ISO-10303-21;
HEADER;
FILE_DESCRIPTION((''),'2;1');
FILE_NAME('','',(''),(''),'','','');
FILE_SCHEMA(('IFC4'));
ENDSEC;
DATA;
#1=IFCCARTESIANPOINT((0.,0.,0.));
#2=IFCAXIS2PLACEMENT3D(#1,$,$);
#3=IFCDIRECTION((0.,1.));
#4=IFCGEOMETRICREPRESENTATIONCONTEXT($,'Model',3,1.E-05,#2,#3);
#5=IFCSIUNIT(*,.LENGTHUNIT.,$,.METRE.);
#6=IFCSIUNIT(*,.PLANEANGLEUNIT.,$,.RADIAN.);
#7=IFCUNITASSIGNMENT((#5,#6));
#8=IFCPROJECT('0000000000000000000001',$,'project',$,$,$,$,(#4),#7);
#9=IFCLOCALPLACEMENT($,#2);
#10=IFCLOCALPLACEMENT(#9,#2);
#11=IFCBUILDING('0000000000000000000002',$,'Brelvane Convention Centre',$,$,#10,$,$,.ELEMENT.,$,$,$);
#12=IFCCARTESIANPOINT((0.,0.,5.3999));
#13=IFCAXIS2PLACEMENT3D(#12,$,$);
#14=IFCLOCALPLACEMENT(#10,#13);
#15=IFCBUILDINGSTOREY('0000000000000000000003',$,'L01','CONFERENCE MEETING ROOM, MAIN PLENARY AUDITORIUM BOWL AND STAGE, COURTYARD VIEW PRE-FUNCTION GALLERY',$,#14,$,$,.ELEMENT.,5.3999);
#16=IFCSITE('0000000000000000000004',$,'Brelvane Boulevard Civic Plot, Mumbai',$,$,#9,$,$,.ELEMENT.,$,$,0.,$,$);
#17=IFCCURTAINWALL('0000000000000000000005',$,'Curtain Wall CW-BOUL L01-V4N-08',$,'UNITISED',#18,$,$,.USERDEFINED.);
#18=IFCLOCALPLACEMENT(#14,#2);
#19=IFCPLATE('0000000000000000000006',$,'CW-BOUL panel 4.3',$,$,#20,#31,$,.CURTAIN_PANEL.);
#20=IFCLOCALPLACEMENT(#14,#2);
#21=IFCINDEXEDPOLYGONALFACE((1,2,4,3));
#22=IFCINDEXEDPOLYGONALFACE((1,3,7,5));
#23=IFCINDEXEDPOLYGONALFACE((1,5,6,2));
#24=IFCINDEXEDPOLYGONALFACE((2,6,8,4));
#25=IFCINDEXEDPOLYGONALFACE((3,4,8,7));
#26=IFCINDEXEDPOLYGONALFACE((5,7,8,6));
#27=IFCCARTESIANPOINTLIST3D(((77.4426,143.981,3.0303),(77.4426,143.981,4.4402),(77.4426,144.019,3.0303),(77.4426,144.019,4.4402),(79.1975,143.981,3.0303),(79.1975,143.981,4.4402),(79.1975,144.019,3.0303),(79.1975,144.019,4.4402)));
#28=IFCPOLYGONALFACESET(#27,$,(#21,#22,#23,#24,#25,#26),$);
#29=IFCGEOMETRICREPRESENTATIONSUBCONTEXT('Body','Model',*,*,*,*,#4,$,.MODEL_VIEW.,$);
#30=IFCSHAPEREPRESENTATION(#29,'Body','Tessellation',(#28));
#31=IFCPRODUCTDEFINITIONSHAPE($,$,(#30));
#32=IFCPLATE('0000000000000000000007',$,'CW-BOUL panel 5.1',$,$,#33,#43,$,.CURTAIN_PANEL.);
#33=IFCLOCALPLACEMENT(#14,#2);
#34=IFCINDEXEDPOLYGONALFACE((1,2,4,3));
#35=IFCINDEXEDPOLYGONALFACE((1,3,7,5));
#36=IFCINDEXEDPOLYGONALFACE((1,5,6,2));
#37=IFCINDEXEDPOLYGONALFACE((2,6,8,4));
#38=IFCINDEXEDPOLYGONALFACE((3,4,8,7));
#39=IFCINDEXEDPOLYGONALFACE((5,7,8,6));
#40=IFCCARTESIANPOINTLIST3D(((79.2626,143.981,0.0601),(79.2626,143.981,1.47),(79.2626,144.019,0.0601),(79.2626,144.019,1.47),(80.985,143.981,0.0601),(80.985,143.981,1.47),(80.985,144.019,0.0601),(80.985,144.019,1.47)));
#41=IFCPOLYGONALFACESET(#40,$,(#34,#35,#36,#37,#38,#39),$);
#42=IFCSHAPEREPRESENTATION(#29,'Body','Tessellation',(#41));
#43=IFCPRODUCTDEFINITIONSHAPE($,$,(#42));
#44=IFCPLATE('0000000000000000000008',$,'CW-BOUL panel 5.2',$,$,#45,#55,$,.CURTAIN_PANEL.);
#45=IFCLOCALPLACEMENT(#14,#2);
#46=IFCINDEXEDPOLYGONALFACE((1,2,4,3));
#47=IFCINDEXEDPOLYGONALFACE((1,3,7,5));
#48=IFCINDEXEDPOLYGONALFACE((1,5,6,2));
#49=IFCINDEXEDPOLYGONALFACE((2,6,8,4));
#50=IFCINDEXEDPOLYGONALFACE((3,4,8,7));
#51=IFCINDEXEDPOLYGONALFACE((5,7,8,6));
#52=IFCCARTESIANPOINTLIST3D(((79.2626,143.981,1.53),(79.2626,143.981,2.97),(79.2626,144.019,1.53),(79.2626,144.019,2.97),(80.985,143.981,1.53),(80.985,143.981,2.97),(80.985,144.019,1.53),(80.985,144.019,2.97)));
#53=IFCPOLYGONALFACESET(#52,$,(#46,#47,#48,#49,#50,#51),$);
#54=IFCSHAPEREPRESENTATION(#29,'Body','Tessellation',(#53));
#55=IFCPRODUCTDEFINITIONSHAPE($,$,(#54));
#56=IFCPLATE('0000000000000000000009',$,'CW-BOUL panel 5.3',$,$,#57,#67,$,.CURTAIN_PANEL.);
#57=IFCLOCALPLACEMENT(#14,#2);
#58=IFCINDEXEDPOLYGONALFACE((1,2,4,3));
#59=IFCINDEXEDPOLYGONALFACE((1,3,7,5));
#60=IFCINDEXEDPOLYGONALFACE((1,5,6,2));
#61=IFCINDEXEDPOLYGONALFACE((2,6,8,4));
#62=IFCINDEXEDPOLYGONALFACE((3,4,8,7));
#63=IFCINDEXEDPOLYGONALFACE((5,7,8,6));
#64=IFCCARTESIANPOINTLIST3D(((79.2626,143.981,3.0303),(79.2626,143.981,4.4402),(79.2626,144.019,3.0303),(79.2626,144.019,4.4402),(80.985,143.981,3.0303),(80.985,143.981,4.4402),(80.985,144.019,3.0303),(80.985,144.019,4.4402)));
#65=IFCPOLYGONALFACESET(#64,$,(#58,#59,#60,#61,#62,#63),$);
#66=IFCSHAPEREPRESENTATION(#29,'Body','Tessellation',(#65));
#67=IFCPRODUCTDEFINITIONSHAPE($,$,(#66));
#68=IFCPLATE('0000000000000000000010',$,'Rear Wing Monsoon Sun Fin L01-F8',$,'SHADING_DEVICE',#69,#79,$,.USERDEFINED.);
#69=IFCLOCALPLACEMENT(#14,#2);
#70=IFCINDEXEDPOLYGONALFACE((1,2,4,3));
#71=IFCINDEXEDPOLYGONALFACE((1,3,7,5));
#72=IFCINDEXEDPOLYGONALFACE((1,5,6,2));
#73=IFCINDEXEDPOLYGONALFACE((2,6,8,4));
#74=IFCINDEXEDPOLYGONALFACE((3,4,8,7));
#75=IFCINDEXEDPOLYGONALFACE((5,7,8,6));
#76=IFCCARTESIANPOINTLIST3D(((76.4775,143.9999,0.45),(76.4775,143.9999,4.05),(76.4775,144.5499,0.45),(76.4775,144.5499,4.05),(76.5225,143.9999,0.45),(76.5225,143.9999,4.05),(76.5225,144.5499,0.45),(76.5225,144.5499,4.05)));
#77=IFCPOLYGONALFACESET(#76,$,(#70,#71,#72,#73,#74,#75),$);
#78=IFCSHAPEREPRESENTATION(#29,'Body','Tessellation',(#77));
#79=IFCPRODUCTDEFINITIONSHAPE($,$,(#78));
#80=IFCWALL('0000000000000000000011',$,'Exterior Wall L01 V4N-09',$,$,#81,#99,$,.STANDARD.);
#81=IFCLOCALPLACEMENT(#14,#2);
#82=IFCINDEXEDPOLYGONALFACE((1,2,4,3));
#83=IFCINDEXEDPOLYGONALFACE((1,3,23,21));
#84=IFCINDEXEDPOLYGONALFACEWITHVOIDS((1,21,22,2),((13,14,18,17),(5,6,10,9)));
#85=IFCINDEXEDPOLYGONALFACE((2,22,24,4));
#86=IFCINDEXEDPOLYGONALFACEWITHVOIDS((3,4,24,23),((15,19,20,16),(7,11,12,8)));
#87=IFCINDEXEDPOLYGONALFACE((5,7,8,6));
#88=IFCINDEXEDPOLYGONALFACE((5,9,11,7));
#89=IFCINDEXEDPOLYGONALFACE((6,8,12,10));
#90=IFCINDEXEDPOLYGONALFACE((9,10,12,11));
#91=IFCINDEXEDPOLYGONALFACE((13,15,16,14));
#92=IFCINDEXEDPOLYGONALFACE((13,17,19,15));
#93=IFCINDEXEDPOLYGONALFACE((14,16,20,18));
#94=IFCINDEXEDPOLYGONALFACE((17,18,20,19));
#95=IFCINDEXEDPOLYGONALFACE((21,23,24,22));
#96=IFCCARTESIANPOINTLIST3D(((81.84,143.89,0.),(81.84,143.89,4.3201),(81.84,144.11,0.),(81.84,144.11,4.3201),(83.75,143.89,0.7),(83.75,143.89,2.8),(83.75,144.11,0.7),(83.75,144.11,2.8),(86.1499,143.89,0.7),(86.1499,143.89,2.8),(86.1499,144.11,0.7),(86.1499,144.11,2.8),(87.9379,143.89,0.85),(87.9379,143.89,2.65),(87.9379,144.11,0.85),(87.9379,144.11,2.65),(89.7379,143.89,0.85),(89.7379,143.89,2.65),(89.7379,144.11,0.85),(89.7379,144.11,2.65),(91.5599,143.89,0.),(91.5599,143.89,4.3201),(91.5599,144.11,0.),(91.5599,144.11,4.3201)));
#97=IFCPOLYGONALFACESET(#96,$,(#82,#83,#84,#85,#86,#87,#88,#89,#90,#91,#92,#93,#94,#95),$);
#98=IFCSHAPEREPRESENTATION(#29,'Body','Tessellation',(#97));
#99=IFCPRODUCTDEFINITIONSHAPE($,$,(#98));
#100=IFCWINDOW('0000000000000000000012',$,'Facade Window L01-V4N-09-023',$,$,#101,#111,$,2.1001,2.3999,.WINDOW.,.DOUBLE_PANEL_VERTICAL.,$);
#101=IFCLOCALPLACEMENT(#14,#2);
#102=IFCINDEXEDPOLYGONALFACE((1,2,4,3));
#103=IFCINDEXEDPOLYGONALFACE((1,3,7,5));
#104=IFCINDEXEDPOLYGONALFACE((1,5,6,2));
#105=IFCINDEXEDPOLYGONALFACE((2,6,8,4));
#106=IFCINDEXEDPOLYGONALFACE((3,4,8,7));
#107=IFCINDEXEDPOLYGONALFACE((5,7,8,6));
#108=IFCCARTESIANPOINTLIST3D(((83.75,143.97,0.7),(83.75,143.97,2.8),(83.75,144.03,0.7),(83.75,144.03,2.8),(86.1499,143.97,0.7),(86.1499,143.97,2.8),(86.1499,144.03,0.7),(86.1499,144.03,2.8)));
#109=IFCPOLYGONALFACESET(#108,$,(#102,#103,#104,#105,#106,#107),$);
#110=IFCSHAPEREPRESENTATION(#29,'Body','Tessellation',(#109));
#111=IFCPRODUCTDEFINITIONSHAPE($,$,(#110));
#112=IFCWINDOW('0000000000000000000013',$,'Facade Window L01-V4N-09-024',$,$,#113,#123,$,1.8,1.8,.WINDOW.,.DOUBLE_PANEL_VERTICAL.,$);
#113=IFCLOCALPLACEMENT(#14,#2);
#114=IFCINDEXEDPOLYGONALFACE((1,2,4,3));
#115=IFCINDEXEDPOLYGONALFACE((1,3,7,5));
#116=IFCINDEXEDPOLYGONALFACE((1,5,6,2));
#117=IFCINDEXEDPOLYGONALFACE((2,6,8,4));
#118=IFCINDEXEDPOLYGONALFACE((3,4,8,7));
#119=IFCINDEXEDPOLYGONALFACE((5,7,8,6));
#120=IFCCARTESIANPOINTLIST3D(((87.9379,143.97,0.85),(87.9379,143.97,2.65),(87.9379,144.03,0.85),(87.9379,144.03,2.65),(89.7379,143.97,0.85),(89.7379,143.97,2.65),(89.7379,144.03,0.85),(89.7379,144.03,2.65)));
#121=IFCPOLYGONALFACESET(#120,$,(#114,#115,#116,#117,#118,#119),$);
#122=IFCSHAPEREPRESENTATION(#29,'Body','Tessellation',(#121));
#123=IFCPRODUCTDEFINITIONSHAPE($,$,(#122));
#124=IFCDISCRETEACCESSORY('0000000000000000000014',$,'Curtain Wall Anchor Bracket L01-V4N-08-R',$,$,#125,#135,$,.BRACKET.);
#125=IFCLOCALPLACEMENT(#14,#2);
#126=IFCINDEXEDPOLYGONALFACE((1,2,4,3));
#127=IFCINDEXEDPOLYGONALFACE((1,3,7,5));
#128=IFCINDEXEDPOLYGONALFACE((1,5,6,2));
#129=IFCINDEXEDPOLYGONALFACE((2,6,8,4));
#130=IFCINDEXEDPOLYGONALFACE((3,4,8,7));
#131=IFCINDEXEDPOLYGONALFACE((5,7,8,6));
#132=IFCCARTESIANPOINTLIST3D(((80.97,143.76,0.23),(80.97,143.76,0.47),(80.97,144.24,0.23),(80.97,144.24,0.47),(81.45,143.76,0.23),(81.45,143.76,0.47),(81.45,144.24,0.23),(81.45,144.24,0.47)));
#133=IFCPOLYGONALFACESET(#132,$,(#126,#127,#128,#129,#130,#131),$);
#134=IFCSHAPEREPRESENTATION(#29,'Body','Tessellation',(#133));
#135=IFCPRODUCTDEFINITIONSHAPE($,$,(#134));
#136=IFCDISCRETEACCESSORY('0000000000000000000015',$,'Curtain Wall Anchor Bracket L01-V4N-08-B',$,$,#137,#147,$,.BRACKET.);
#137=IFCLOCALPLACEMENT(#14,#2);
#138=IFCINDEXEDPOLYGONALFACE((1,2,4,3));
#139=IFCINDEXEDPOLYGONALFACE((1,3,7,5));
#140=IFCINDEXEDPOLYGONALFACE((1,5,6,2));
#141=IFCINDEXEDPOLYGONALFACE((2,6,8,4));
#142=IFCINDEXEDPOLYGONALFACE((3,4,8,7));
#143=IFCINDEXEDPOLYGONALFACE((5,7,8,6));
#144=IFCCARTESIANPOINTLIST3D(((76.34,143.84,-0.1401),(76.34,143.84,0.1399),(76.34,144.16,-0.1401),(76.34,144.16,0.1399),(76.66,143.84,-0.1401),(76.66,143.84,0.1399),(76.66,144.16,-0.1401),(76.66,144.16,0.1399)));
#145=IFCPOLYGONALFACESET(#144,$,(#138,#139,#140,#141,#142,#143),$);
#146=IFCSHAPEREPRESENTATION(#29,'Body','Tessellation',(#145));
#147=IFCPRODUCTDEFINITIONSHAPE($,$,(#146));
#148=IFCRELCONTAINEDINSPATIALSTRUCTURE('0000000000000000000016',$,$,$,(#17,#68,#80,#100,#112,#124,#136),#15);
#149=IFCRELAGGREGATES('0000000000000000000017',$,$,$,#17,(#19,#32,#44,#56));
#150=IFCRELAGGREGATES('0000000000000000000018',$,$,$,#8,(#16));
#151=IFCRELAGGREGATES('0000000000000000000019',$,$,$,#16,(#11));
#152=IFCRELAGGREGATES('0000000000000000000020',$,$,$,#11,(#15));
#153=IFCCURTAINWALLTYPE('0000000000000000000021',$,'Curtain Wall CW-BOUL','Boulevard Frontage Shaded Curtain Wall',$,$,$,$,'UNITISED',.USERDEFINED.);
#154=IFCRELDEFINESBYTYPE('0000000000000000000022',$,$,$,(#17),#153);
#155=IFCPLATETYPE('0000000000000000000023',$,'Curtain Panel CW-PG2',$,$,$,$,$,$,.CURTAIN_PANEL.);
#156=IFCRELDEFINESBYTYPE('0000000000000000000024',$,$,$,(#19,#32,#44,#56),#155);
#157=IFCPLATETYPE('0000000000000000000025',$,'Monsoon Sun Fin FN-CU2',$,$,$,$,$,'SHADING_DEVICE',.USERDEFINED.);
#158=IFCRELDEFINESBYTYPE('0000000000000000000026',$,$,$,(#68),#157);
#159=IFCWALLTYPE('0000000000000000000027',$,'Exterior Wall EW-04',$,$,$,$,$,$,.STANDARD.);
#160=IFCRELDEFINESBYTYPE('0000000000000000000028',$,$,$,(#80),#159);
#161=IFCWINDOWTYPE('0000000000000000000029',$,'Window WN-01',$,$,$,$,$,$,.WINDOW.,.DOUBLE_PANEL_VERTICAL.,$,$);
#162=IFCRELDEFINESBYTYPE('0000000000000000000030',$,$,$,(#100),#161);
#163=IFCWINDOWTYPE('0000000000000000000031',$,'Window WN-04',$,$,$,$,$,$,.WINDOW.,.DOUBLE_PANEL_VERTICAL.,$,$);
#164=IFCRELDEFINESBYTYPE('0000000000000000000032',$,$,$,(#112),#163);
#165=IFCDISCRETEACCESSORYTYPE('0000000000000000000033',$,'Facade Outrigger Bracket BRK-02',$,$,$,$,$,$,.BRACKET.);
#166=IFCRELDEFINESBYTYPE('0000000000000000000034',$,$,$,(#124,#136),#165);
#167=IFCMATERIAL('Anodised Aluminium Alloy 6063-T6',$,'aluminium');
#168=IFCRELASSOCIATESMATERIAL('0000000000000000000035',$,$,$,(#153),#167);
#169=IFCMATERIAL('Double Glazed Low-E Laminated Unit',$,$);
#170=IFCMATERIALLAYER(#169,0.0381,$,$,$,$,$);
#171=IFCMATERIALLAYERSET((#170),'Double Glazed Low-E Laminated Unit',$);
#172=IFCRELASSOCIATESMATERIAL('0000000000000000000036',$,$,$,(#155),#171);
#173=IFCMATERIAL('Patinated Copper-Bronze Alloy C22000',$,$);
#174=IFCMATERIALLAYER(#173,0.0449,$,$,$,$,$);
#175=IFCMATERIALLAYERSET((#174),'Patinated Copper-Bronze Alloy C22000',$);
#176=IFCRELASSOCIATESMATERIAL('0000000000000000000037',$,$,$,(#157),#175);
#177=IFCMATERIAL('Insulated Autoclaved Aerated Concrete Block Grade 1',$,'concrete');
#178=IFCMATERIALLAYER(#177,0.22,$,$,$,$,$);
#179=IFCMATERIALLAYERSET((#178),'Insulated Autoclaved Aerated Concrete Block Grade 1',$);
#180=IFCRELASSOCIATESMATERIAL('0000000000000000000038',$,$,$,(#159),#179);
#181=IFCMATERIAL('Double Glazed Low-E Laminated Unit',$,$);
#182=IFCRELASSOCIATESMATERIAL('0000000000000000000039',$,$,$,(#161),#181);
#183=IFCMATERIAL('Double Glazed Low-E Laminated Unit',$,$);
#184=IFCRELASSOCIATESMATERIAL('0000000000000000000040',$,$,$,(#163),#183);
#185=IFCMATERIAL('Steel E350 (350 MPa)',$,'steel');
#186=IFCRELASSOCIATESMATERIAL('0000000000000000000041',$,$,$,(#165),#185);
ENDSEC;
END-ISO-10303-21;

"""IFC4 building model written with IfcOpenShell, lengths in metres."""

from ifc_helpers import new_model, si_unit, direction, frame, frame_2d, origin, origin_2d, place, context, subcontext, project, spatial, rectangle, extrude, material, layer, layer_set, type_object, element, fill, aggregate, save


model = new_model("IFC4")

# Units and contexts
model_context = context("Model", 3, precision=1e-05, world=origin(), true_north=direction((0.0, 1.0)))
body_context = subcontext(model_context, "Body", "Model", "MODEL_VIEW")
ifc_project = project(units=[si_unit("LENGTHUNIT", "METRE"), si_unit("PLANEANGLEUNIT", "RADIAN")], contexts=[model_context])

# Site, building, storey
site_placement = place(None, origin())
site = spatial("IfcSite", under=ifc_project, at=site_placement, Name="Brelvane Boulevard Civic Plot, Mumbai", CompositionType="ELEMENT", RefElevation=0.0)
building_placement = place(site_placement, origin())
building = spatial("IfcBuilding", under=site, at=building_placement, Name="Brelvane Convention Centre", CompositionType="ELEMENT")
storey_placement = place(building_placement, frame((0.0, 0.0, 5.3999)))
storey = spatial("IfcBuildingStorey", under=building, at=storey_placement, Name="L01", Description="CONFERENCE MEETING ROOM, MAIN PLENARY AUDITORIUM BOWL AND STAGE, COURTYARD VIEW PRE-FUNCTION GALLERY", CompositionType="ELEMENT", Elevation=5.3999)

# Curtain wall
ifc_material_1 = material(Name="Anodised Aluminium Alloy 6063-T6", Category="aluminium")
curtain_wall_type = type_object("IfcCurtainWallType", Name="Curtain Wall CW-BOUL", Description="Boulevard Frontage Shaded Curtain Wall", ElementType="UNITISED", PredefinedType="USERDEFINED", material=ifc_material_1)
curtain_wall_placement = place(storey_placement, origin())
curtain_wall = element("IfcCurtainWall", 1, at=curtain_wall_placement, inside=storey, type_object=curtain_wall_type, Name="Curtain Wall CW-BOUL L01-V4N-08", ObjectType="UNITISED", PredefinedType="USERDEFINED")

# Plates
ifc_material_2 = material(Name="Double Glazed Low-E Laminated Unit")
ifc_layer_1 = layer(ifc_material_2, 0.0381)
ifc_layer_set_1 = layer_set([ifc_layer_1], Name="Double Glazed Low-E Laminated Unit")
plate_type_1 = type_object("IfcPlateType", Name="Curtain Panel CW-PG2", PredefinedType="CURTAIN_PANEL", material=ifc_layer_set_1)
plate_1_placement = place(storey_placement, frame((78.3201, 144.0, 3.0303), z_axis=(0.0, 0.0, 1.0), x_axis=(1.0, 0.0, 0.0)))
plate_1 = element("IfcPlate", 2, at=plate_1_placement, type_object=plate_type_1, Name="CW-BOUL panel 4.3", PredefinedType="CURTAIN_PANEL", context=body_context, shape_type="SweptSolid", body=[
    extrude(rectangle(XDim=1.7549, YDim=0.0381, at=origin_2d()), origin(), (0.0, 0.0, 1.0), 1.4099),
])
plate_2_placement = place(storey_placement, frame((80.1238, 144.0, 0.0601), z_axis=(0.0, 0.0, 1.0), x_axis=(1.0, 0.0, 0.0)))
plate_2 = element("IfcPlate", 3, at=plate_2_placement, type_object=plate_type_1, Name="CW-BOUL panel 5.1", PredefinedType="CURTAIN_PANEL", context=body_context, shape_type="SweptSolid", body=[
    extrude(rectangle(XDim=1.7224, YDim=0.0381, at=origin_2d()), origin(), (0.0, 0.0, 1.0), 1.4099),
])
plate_3_placement = place(storey_placement, frame((80.1238, 144.0, 1.53), z_axis=(0.0, 0.0, 1.0), x_axis=(1.0, 0.0, 0.0)))
plate_3 = element("IfcPlate", 4, at=plate_3_placement, type_object=plate_type_1, Name="CW-BOUL panel 5.2", PredefinedType="CURTAIN_PANEL", context=body_context, shape_type="SweptSolid", body=[
    extrude(rectangle(XDim=1.7224, YDim=0.0381, at=origin_2d()), origin(), (0.0, 0.0, 1.0), 1.4399),
])
plate_4_placement = place(storey_placement, frame((80.1238, 144.0, 3.0303), z_axis=(0.0, 0.0, 1.0), x_axis=(1.0, 0.0, 0.0)))
plate_4 = element("IfcPlate", 5, at=plate_4_placement, type_object=plate_type_1, Name="CW-BOUL panel 5.3", PredefinedType="CURTAIN_PANEL", context=body_context, shape_type="SweptSolid", body=[
    extrude(rectangle(XDim=1.7224, YDim=0.0381, at=origin_2d()), origin(), (0.0, 0.0, 1.0), 1.4099),
])
aggregate(curtain_wall, [plate_1, plate_2, plate_3, plate_4])
ifc_material_3 = material(Name="Patinated Copper-Bronze Alloy C22000")
ifc_layer_2 = layer(ifc_material_3, 0.0449)
ifc_layer_set_2 = layer_set([ifc_layer_2], Name="Patinated Copper-Bronze Alloy C22000")
plate_type_2 = type_object("IfcPlateType", Name="Monsoon Sun Fin FN-CU2", ElementType="SHADING_DEVICE", PredefinedType="USERDEFINED", material=ifc_layer_set_2)
plate_5_placement = place(storey_placement, frame((76.5, 144.2749, 0.45), z_axis=(0.0, 0.0, 1.0), x_axis=(1.0, 0.0, 0.0)))
element("IfcPlate", 6, at=plate_5_placement, inside=storey, type_object=plate_type_2, Name="Rear Wing Monsoon Sun Fin L01-F8", ObjectType="SHADING_DEVICE", PredefinedType="USERDEFINED", context=body_context, shape_type="SweptSolid", body=[
    extrude(rectangle(XDim=0.0449, YDim=0.55, at=origin_2d()), origin(), (0.0, 0.0, 1.0), 3.6001),
])

# Wall, openings, windows
ifc_material_4 = material(Name="Insulated Autoclaved Aerated Concrete Block Grade 1", Category="concrete")
ifc_layer_3 = layer(ifc_material_4, 0.22)
ifc_layer_set_3 = layer_set([ifc_layer_3], Name="Insulated Autoclaved Aerated Concrete Block Grade 1")
wall_type = type_object("IfcWallType", Name="Exterior Wall EW-04", PredefinedType="STANDARD", material=ifc_layer_set_3)
wall_placement = place(storey_placement, frame((81.8401, 144.0, 0.0), z_axis=(0.0, 0.0, 1.0), x_axis=(1.0, 0.0, 0.0)))
wall = element("IfcWall", 7, at=wall_placement, inside=storey, type_object=wall_type, Name="Exterior Wall L01 V4N-09", PredefinedType="STANDARD", context=body_context, shape_type="SweptSolid", body=[
    extrude(rectangle(XDim=9.72, YDim=0.22, at=frame_2d((4.8599, 0.0))), origin(), (0.0, 0.0, 1.0), 4.3201),
])
opening_1_placement = place(wall_placement, frame((1.9099, 0.0, 0.7)))
opening_1 = element("IfcOpeningElement", 8, at=opening_1_placement, cuts=wall, PredefinedType="OPENING", context=body_context, shape_type="SweptSolid", body=[
    extrude(rectangle(XDim=2.3999, YDim=2.1001, at=frame_2d((1.2, 1.05))), frame((0.0, 0.1199, 0.0), z_axis=(0.0, -1.0, 0.0), x_axis=(1.0, 0.0, 0.0)), (0.0, 0.0, 1.0), 0.24),
])
opening_2_placement = place(wall_placement, frame((6.0979, 0.0, 0.8501)))
opening_2 = element("IfcOpeningElement", 9, at=opening_2_placement, cuts=wall, PredefinedType="OPENING", context=body_context, shape_type="SweptSolid", body=[
    extrude(rectangle(XDim=1.8, YDim=1.8, at=frame_2d((0.8999, 0.8999))), frame((0.0, 0.1199, 0.0), z_axis=(0.0, -1.0, 0.0), x_axis=(1.0, 0.0, 0.0)), (0.0, 0.0, 1.0), 0.24),
])
ifc_material_5 = material(Name="Double Glazed Low-E Laminated Unit")
window_type_1 = type_object("IfcWindowType", Name="Window WN-01", PartitioningType="DOUBLE_PANEL_VERTICAL", PredefinedType="WINDOW", material=ifc_material_5)
window_1_placement = place(opening_1_placement, origin())
window_1 = element("IfcWindow", 10, at=window_1_placement, inside=storey, type_object=window_type_1, Name="Facade Window L01-V4N-09-023", OverallHeight=2.1001, OverallWidth=2.3999, PartitioningType="DOUBLE_PANEL_VERTICAL", PredefinedType="WINDOW", context=body_context, shape_type="SweptSolid", body=[
    extrude(rectangle(XDim=2.3999, YDim=2.1001, at=frame_2d((1.2, 1.05))), frame((0.0, 0.03, 0.0), z_axis=(0.0, -1.0, 0.0), x_axis=(1.0, 0.0, 0.0)), (0.0, 0.0, 1.0), 0.0601),
])
fill(opening_1, window_1)
ifc_material_6 = material(Name="Double Glazed Low-E Laminated Unit")
window_type_2 = type_object("IfcWindowType", Name="Window WN-04", PartitioningType="DOUBLE_PANEL_VERTICAL", PredefinedType="WINDOW", material=ifc_material_6)
window_2_placement = place(opening_2_placement, origin())
window_2 = element("IfcWindow", 11, at=window_2_placement, inside=storey, type_object=window_type_2, Name="Facade Window L01-V4N-09-024", OverallHeight=1.8, OverallWidth=1.8, PartitioningType="DOUBLE_PANEL_VERTICAL", PredefinedType="WINDOW", context=body_context, shape_type="SweptSolid", body=[
    extrude(rectangle(XDim=1.8, YDim=1.8, at=frame_2d((0.8999, 0.8999))), frame((0.0, 0.03, 0.0), z_axis=(0.0, -1.0, 0.0), x_axis=(1.0, 0.0, 0.0)), (0.0, 0.0, 1.0), 0.0601),
])
fill(opening_2, window_2)

# Discrete accessories
ifc_material_7 = material(Name="Steel E350 (350 MPa)", Category="steel")
discrete_accessory_type = type_object("IfcDiscreteAccessoryType", Name="Facade Outrigger Bracket BRK-02", PredefinedType="BRACKET", material=ifc_material_7)
discrete_accessory_1_placement = place(storey_placement, frame((81.21, 144.0, 0.23), z_axis=(0.0, 0.0, 1.0), x_axis=(1.0, 0.0, 0.0)))
element("IfcDiscreteAccessory", 12, at=discrete_accessory_1_placement, inside=storey, type_object=discrete_accessory_type, Name="Curtain Wall Anchor Bracket L01-V4N-08-R", PredefinedType="BRACKET", context=body_context, shape_type="SweptSolid", body=[
    extrude(rectangle(XDim=0.48, YDim=0.48, at=origin_2d()), origin(), (0.0, 0.0, 1.0), 0.24),
])
discrete_accessory_2_placement = place(storey_placement, frame((76.5, 144.0, -0.1401), z_axis=(0.0, 0.0, 1.0), x_axis=(1.0, 0.0, 0.0)))
element("IfcDiscreteAccessory", 13, at=discrete_accessory_2_placement, inside=storey, type_object=discrete_accessory_type, Name="Curtain Wall Anchor Bracket L01-V4N-08-B", PredefinedType="BRACKET", context=body_context, shape_type="SweptSolid", body=[
    extrude(rectangle(XDim=0.3201, YDim=0.3201, at=origin_2d()), origin(), (0.0, 0.0, 1.0), 0.28),
])

save(model, "model.ifc")
